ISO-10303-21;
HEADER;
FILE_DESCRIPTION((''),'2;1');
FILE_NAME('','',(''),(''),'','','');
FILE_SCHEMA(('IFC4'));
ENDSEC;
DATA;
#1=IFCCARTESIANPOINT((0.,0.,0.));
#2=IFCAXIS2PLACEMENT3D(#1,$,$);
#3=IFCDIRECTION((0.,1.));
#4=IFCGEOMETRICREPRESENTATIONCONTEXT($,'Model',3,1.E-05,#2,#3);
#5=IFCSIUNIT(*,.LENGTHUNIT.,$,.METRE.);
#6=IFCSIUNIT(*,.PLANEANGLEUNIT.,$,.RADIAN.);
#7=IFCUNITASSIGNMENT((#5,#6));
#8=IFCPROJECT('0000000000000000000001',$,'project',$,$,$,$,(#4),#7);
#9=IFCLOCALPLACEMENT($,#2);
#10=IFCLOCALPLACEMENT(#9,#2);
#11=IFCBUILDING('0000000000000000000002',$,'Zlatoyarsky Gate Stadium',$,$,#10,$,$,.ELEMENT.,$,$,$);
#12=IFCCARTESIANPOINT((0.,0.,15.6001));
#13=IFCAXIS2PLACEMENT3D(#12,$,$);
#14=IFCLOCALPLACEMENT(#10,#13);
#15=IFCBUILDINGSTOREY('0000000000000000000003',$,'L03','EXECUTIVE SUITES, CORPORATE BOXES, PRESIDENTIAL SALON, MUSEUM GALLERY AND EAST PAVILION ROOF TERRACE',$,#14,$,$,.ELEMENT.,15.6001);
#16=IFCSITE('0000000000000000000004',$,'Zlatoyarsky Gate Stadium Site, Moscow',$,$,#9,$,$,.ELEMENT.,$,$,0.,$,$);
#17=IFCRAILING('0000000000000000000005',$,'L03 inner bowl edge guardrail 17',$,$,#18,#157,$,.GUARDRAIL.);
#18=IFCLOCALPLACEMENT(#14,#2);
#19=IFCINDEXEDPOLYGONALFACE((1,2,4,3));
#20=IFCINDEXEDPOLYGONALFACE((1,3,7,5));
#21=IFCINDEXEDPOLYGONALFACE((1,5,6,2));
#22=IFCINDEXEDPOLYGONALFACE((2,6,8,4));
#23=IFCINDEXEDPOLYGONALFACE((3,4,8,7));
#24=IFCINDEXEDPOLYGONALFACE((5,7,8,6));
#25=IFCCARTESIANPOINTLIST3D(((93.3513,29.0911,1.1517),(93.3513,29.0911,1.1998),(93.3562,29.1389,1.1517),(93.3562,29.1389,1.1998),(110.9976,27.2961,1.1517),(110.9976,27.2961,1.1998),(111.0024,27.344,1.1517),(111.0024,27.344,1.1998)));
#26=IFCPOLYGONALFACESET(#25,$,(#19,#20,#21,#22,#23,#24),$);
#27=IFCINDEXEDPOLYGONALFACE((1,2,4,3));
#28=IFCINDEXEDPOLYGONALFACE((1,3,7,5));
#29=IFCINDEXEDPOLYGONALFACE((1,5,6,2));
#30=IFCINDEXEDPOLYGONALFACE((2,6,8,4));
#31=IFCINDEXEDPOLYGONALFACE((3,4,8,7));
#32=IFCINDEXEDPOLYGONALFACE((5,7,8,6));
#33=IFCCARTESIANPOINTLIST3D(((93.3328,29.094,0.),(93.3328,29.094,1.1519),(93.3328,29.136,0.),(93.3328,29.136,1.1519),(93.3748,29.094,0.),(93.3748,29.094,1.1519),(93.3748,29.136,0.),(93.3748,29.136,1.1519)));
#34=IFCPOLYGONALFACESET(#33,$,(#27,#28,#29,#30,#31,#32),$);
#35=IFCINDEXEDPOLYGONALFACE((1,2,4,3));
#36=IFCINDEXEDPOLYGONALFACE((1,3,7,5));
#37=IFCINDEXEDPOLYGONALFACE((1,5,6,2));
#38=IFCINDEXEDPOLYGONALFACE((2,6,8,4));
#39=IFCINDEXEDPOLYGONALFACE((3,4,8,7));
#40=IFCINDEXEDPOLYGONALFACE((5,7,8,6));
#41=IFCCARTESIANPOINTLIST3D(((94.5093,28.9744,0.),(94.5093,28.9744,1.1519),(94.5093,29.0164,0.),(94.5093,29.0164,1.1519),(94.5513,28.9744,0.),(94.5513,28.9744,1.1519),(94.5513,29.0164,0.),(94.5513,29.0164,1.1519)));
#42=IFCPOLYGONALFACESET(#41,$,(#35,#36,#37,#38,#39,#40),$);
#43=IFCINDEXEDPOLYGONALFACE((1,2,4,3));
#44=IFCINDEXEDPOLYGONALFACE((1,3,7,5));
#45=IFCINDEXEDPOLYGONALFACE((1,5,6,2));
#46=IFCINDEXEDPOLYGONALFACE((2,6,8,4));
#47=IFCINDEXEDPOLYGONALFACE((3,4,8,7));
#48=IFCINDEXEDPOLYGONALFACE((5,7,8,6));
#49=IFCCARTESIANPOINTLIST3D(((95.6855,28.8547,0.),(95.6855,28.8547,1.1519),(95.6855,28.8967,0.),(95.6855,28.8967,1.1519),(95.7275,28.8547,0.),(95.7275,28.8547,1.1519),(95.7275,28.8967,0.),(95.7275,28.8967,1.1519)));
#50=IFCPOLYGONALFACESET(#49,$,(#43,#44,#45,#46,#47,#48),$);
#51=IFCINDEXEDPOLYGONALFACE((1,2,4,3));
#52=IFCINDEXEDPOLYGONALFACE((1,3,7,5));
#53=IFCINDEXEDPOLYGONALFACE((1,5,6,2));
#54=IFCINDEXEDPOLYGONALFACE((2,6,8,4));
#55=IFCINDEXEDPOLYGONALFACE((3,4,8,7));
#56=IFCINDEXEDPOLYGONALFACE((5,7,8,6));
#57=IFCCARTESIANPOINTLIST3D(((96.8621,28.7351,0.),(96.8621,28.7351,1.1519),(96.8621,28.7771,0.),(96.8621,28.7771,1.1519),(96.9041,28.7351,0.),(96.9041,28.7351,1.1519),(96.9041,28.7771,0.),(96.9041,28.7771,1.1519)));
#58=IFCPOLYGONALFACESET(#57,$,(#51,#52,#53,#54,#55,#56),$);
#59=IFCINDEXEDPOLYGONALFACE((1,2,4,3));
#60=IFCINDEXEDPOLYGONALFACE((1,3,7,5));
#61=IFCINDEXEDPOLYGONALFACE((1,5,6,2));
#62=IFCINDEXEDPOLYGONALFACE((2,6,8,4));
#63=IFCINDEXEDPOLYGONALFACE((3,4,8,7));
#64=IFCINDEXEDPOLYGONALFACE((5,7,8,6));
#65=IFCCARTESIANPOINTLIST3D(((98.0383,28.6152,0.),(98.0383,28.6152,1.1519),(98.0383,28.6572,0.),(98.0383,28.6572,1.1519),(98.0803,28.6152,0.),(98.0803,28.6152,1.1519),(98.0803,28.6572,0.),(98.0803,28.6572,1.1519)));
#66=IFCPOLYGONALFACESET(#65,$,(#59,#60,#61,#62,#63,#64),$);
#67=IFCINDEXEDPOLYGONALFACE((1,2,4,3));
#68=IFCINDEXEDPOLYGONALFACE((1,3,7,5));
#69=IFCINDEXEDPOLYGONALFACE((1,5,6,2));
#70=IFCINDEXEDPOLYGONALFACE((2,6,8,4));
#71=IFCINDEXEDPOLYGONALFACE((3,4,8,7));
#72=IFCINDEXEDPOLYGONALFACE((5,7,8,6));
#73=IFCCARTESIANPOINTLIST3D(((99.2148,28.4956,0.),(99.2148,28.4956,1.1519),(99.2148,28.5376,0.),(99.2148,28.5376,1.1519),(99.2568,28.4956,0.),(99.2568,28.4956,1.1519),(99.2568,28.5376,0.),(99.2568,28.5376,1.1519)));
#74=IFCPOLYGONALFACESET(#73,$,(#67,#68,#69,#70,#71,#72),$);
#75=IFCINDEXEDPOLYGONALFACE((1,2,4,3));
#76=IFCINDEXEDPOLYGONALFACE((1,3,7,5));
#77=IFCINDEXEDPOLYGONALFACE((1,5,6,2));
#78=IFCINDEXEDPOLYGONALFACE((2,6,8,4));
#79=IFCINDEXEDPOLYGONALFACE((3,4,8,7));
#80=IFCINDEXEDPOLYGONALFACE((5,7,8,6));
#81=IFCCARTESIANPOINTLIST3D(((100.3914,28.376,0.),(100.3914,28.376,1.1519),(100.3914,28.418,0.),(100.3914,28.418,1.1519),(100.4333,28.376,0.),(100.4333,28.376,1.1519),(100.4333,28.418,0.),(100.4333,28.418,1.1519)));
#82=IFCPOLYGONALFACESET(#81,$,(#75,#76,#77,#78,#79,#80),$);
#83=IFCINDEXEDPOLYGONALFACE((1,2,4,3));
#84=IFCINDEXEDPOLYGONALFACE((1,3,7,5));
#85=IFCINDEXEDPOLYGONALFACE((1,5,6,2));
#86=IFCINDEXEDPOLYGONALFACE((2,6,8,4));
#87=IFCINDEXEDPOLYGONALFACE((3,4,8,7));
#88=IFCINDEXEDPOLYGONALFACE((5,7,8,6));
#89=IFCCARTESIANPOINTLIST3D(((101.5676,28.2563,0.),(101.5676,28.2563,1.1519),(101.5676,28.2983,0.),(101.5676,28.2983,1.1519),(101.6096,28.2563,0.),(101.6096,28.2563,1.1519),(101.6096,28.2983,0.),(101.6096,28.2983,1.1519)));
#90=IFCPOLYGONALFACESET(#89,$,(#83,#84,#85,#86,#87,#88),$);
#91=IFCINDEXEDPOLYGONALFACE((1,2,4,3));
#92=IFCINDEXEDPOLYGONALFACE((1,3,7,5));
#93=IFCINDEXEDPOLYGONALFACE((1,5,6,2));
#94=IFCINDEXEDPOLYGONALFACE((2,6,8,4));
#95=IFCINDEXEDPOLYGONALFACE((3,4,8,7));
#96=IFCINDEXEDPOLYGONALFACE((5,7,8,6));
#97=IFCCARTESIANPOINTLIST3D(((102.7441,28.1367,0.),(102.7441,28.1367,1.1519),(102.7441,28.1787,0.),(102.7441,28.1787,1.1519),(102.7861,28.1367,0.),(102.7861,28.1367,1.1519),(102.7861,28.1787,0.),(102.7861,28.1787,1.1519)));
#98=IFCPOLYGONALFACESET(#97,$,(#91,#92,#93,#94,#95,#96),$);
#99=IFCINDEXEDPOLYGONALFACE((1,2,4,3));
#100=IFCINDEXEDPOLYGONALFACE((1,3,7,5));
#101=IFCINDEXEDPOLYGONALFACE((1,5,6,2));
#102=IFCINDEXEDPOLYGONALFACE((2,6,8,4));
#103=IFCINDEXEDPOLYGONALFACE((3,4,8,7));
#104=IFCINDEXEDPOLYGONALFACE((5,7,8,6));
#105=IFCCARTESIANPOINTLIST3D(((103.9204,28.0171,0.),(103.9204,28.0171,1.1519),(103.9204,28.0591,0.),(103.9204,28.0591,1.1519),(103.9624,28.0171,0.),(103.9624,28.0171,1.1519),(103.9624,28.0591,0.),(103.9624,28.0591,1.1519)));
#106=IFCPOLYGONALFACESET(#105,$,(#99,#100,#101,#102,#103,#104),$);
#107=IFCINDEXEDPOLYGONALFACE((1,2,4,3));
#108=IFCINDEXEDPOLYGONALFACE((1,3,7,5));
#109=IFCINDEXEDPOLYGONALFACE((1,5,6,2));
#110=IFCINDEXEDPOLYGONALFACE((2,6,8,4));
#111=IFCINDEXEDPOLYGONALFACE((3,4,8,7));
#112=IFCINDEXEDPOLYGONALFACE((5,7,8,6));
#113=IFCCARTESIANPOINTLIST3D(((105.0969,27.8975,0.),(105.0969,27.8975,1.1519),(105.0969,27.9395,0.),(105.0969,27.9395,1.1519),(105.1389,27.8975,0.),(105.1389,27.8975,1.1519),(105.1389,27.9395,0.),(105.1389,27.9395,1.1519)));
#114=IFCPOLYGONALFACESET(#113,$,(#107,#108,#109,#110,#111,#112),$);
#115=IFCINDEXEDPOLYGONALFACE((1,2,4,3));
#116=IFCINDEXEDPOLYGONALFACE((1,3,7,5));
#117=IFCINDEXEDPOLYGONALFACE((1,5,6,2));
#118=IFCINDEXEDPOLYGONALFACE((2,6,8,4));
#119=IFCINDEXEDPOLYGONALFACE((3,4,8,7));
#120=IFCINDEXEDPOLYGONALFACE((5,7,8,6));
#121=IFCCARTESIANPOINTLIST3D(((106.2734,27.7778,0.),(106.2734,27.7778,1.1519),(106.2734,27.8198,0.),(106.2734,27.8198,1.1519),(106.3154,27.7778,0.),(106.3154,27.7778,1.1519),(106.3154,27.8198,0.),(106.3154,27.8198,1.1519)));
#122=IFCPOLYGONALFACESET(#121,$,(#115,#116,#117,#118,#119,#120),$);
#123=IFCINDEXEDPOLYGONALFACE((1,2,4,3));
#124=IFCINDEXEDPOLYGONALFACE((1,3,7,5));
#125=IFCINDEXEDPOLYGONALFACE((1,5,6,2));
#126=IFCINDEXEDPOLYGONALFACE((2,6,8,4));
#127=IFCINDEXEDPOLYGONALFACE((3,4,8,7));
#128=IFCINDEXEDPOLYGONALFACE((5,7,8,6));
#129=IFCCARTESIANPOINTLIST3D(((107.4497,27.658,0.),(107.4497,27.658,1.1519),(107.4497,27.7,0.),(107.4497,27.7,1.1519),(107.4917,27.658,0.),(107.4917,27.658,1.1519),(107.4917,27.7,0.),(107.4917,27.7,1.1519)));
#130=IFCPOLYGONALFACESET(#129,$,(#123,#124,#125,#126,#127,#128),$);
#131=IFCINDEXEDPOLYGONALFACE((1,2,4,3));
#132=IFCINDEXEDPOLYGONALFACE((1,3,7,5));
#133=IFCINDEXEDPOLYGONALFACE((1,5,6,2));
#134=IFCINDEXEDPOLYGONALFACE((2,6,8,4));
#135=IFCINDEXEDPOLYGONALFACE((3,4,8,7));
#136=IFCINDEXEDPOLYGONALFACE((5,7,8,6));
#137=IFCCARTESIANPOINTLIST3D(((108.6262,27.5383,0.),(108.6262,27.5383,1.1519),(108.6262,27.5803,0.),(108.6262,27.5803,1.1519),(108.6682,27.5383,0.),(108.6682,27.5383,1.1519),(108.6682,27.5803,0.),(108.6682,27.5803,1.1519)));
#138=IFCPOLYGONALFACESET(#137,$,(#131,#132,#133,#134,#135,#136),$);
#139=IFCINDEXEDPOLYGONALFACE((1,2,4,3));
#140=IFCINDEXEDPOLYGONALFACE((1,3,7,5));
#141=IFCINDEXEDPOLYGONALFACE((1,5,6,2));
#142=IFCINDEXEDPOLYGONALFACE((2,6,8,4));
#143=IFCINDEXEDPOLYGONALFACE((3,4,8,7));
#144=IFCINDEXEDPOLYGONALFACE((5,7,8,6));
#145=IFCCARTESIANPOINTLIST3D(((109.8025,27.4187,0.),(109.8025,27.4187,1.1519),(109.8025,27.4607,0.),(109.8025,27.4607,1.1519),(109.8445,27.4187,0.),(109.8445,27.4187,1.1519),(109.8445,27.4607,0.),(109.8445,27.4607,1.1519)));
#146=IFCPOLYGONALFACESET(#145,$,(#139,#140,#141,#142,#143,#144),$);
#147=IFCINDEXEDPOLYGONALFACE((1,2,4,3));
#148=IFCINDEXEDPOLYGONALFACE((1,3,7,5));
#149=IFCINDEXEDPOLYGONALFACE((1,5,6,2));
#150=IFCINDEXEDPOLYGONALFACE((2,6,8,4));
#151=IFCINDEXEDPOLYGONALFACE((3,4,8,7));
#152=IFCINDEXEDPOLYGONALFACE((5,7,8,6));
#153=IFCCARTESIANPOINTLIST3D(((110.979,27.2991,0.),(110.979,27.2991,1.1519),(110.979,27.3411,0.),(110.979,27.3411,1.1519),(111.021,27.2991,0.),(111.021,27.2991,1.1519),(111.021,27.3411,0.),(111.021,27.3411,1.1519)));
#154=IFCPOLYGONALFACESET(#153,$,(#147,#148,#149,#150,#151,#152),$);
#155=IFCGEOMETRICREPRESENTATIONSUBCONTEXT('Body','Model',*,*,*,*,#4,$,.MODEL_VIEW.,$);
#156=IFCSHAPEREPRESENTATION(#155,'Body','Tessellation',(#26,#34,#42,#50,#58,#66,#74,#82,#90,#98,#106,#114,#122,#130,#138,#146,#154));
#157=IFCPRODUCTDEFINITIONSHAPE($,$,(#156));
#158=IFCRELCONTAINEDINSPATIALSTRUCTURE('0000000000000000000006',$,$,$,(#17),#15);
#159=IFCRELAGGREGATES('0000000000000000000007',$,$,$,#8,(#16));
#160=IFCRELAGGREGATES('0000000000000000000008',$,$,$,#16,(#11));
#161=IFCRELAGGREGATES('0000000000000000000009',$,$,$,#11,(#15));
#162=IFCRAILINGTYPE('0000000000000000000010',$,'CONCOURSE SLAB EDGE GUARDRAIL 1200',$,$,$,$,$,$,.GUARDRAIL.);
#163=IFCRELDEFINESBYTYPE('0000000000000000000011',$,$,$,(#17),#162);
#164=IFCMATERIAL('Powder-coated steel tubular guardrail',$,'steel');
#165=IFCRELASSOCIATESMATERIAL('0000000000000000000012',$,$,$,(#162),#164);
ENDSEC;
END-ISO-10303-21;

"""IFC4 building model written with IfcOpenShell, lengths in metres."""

from ifc_helpers import new_model, si_unit, direction, frame, origin, origin_2d, place, context, subcontext, project, spatial, rectangle, extrude, material, type_object, element, save


model = new_model("IFC4")

# Units and contexts
model_context = context("Model", 3, precision=1e-05, world=origin(), true_north=direction((0.0, 1.0)))
body_context = subcontext(model_context, "Body", "Model", "MODEL_VIEW")
ifc_project = project(units=[si_unit("LENGTHUNIT", "METRE"), si_unit("PLANEANGLEUNIT", "RADIAN")], contexts=[model_context])

# Site, building, storey
site_placement = place(None, origin())
site = spatial("IfcSite", under=ifc_project, at=site_placement, Name="Zlatoyarsky Gate Stadium Site, Moscow", CompositionType="ELEMENT", RefElevation=0.0)
building_placement = place(site_placement, origin())
building = spatial("IfcBuilding", under=site, at=building_placement, Name="Zlatoyarsky Gate Stadium", CompositionType="ELEMENT")
storey_placement = place(building_placement, frame((0.0, 0.0, 15.6001)))
storey = spatial("IfcBuildingStorey", under=building, at=storey_placement, Name="L03", Description="EXECUTIVE SUITES, CORPORATE BOXES, PRESIDENTIAL SALON, MUSEUM GALLERY AND EAST PAVILION ROOF TERRACE", CompositionType="ELEMENT", Elevation=15.6001)

# Railing
ifc_material_1 = material(Name="Powder-coated steel tubular guardrail", Category="steel")
railing_type = type_object("IfcRailingType", Name="CONCOURSE SLAB EDGE GUARDRAIL 1200", PredefinedType="GUARDRAIL", material=ifc_material_1)
railing_1_placement = place(storey_placement, frame((93.3538, 29.115, 0.0)))
element("IfcRailing", 1, at=railing_1_placement, inside=storey, type_object=railing_type, Name="L03 inner bowl edge guardrail 17", PredefinedType="GUARDRAIL", context=body_context, shape_type="SweptSolid", body=[
    extrude(rectangle(XDim=0.0481, YDim=0.0481, at=origin_2d()), frame((0.0, 0.0, 1.1758), z_axis=(0.994867, -0.101195, 0.0), x_axis=(0.101195, 0.994867, 0.0)), (0.0, 0.0, 1.0), 17.7373),
    extrude(rectangle(XDim=0.042, YDim=0.042, at=origin_2d()), origin(), (0.0, 0.0, 1.0), 1.1519),
    extrude(rectangle(XDim=0.042, YDim=0.042, at=origin_2d()), frame((1.1765, -0.1196, 0.0)), (0.0, 0.0, 1.0), 1.1519),
    extrude(rectangle(XDim=0.042, YDim=0.042, at=origin_2d()), frame((2.3528, -0.2393, 0.0)), (0.0, 0.0, 1.0), 1.1519),
    extrude(rectangle(XDim=0.042, YDim=0.042, at=origin_2d()), frame((3.5293, -0.3589, 0.0)), (0.0, 0.0, 1.0), 1.1519),
    extrude(rectangle(XDim=0.042, YDim=0.042, at=origin_2d()), frame((4.7056, -0.4788, 0.0)), (0.0, 0.0, 1.0), 1.1519),
    extrude(rectangle(XDim=0.042, YDim=0.042, at=origin_2d()), frame((5.8821, -0.5984, 0.0)), (0.0, 0.0, 1.0), 1.1519),
    extrude(rectangle(XDim=0.042, YDim=0.042, at=origin_2d()), frame((7.0586, -0.718, 0.0)), (0.0, 0.0, 1.0), 1.1519),
    extrude(rectangle(XDim=0.042, YDim=0.042, at=origin_2d()), frame((8.2349, -0.8376, 0.0)), (0.0, 0.0, 1.0), 1.1519),
    extrude(rectangle(XDim=0.042, YDim=0.042, at=origin_2d()), frame((9.4114, -0.9573, 0.0)), (0.0, 0.0, 1.0), 1.1519),
    extrude(rectangle(XDim=0.042, YDim=0.042, at=origin_2d()), frame((10.5876, -1.0769, 0.0)), (0.0, 0.0, 1.0), 1.1519),
    extrude(rectangle(XDim=0.042, YDim=0.042, at=origin_2d()), frame((11.7642, -1.1965, 0.0)), (0.0, 0.0, 1.0), 1.1519),
    extrude(rectangle(XDim=0.042, YDim=0.042, at=origin_2d()), frame((12.9407, -1.3162, 0.0)), (0.0, 0.0, 1.0), 1.1519),
    extrude(rectangle(XDim=0.042, YDim=0.042, at=origin_2d()), frame((14.1169, -1.436, 0.0)), (0.0, 0.0, 1.0), 1.1519),
    extrude(rectangle(XDim=0.042, YDim=0.042, at=origin_2d()), frame((15.2935, -1.5557, 0.0)), (0.0, 0.0, 1.0), 1.1519),
    extrude(rectangle(XDim=0.042, YDim=0.042, at=origin_2d()), frame((16.4697, -1.6753, 0.0)), (0.0, 0.0, 1.0), 1.1519),
    extrude(rectangle(XDim=0.042, YDim=0.042, at=origin_2d()), frame((17.6462, -1.7949, 0.0)), (0.0, 0.0, 1.0), 1.1519),
])

save(model, "model.ifc")
